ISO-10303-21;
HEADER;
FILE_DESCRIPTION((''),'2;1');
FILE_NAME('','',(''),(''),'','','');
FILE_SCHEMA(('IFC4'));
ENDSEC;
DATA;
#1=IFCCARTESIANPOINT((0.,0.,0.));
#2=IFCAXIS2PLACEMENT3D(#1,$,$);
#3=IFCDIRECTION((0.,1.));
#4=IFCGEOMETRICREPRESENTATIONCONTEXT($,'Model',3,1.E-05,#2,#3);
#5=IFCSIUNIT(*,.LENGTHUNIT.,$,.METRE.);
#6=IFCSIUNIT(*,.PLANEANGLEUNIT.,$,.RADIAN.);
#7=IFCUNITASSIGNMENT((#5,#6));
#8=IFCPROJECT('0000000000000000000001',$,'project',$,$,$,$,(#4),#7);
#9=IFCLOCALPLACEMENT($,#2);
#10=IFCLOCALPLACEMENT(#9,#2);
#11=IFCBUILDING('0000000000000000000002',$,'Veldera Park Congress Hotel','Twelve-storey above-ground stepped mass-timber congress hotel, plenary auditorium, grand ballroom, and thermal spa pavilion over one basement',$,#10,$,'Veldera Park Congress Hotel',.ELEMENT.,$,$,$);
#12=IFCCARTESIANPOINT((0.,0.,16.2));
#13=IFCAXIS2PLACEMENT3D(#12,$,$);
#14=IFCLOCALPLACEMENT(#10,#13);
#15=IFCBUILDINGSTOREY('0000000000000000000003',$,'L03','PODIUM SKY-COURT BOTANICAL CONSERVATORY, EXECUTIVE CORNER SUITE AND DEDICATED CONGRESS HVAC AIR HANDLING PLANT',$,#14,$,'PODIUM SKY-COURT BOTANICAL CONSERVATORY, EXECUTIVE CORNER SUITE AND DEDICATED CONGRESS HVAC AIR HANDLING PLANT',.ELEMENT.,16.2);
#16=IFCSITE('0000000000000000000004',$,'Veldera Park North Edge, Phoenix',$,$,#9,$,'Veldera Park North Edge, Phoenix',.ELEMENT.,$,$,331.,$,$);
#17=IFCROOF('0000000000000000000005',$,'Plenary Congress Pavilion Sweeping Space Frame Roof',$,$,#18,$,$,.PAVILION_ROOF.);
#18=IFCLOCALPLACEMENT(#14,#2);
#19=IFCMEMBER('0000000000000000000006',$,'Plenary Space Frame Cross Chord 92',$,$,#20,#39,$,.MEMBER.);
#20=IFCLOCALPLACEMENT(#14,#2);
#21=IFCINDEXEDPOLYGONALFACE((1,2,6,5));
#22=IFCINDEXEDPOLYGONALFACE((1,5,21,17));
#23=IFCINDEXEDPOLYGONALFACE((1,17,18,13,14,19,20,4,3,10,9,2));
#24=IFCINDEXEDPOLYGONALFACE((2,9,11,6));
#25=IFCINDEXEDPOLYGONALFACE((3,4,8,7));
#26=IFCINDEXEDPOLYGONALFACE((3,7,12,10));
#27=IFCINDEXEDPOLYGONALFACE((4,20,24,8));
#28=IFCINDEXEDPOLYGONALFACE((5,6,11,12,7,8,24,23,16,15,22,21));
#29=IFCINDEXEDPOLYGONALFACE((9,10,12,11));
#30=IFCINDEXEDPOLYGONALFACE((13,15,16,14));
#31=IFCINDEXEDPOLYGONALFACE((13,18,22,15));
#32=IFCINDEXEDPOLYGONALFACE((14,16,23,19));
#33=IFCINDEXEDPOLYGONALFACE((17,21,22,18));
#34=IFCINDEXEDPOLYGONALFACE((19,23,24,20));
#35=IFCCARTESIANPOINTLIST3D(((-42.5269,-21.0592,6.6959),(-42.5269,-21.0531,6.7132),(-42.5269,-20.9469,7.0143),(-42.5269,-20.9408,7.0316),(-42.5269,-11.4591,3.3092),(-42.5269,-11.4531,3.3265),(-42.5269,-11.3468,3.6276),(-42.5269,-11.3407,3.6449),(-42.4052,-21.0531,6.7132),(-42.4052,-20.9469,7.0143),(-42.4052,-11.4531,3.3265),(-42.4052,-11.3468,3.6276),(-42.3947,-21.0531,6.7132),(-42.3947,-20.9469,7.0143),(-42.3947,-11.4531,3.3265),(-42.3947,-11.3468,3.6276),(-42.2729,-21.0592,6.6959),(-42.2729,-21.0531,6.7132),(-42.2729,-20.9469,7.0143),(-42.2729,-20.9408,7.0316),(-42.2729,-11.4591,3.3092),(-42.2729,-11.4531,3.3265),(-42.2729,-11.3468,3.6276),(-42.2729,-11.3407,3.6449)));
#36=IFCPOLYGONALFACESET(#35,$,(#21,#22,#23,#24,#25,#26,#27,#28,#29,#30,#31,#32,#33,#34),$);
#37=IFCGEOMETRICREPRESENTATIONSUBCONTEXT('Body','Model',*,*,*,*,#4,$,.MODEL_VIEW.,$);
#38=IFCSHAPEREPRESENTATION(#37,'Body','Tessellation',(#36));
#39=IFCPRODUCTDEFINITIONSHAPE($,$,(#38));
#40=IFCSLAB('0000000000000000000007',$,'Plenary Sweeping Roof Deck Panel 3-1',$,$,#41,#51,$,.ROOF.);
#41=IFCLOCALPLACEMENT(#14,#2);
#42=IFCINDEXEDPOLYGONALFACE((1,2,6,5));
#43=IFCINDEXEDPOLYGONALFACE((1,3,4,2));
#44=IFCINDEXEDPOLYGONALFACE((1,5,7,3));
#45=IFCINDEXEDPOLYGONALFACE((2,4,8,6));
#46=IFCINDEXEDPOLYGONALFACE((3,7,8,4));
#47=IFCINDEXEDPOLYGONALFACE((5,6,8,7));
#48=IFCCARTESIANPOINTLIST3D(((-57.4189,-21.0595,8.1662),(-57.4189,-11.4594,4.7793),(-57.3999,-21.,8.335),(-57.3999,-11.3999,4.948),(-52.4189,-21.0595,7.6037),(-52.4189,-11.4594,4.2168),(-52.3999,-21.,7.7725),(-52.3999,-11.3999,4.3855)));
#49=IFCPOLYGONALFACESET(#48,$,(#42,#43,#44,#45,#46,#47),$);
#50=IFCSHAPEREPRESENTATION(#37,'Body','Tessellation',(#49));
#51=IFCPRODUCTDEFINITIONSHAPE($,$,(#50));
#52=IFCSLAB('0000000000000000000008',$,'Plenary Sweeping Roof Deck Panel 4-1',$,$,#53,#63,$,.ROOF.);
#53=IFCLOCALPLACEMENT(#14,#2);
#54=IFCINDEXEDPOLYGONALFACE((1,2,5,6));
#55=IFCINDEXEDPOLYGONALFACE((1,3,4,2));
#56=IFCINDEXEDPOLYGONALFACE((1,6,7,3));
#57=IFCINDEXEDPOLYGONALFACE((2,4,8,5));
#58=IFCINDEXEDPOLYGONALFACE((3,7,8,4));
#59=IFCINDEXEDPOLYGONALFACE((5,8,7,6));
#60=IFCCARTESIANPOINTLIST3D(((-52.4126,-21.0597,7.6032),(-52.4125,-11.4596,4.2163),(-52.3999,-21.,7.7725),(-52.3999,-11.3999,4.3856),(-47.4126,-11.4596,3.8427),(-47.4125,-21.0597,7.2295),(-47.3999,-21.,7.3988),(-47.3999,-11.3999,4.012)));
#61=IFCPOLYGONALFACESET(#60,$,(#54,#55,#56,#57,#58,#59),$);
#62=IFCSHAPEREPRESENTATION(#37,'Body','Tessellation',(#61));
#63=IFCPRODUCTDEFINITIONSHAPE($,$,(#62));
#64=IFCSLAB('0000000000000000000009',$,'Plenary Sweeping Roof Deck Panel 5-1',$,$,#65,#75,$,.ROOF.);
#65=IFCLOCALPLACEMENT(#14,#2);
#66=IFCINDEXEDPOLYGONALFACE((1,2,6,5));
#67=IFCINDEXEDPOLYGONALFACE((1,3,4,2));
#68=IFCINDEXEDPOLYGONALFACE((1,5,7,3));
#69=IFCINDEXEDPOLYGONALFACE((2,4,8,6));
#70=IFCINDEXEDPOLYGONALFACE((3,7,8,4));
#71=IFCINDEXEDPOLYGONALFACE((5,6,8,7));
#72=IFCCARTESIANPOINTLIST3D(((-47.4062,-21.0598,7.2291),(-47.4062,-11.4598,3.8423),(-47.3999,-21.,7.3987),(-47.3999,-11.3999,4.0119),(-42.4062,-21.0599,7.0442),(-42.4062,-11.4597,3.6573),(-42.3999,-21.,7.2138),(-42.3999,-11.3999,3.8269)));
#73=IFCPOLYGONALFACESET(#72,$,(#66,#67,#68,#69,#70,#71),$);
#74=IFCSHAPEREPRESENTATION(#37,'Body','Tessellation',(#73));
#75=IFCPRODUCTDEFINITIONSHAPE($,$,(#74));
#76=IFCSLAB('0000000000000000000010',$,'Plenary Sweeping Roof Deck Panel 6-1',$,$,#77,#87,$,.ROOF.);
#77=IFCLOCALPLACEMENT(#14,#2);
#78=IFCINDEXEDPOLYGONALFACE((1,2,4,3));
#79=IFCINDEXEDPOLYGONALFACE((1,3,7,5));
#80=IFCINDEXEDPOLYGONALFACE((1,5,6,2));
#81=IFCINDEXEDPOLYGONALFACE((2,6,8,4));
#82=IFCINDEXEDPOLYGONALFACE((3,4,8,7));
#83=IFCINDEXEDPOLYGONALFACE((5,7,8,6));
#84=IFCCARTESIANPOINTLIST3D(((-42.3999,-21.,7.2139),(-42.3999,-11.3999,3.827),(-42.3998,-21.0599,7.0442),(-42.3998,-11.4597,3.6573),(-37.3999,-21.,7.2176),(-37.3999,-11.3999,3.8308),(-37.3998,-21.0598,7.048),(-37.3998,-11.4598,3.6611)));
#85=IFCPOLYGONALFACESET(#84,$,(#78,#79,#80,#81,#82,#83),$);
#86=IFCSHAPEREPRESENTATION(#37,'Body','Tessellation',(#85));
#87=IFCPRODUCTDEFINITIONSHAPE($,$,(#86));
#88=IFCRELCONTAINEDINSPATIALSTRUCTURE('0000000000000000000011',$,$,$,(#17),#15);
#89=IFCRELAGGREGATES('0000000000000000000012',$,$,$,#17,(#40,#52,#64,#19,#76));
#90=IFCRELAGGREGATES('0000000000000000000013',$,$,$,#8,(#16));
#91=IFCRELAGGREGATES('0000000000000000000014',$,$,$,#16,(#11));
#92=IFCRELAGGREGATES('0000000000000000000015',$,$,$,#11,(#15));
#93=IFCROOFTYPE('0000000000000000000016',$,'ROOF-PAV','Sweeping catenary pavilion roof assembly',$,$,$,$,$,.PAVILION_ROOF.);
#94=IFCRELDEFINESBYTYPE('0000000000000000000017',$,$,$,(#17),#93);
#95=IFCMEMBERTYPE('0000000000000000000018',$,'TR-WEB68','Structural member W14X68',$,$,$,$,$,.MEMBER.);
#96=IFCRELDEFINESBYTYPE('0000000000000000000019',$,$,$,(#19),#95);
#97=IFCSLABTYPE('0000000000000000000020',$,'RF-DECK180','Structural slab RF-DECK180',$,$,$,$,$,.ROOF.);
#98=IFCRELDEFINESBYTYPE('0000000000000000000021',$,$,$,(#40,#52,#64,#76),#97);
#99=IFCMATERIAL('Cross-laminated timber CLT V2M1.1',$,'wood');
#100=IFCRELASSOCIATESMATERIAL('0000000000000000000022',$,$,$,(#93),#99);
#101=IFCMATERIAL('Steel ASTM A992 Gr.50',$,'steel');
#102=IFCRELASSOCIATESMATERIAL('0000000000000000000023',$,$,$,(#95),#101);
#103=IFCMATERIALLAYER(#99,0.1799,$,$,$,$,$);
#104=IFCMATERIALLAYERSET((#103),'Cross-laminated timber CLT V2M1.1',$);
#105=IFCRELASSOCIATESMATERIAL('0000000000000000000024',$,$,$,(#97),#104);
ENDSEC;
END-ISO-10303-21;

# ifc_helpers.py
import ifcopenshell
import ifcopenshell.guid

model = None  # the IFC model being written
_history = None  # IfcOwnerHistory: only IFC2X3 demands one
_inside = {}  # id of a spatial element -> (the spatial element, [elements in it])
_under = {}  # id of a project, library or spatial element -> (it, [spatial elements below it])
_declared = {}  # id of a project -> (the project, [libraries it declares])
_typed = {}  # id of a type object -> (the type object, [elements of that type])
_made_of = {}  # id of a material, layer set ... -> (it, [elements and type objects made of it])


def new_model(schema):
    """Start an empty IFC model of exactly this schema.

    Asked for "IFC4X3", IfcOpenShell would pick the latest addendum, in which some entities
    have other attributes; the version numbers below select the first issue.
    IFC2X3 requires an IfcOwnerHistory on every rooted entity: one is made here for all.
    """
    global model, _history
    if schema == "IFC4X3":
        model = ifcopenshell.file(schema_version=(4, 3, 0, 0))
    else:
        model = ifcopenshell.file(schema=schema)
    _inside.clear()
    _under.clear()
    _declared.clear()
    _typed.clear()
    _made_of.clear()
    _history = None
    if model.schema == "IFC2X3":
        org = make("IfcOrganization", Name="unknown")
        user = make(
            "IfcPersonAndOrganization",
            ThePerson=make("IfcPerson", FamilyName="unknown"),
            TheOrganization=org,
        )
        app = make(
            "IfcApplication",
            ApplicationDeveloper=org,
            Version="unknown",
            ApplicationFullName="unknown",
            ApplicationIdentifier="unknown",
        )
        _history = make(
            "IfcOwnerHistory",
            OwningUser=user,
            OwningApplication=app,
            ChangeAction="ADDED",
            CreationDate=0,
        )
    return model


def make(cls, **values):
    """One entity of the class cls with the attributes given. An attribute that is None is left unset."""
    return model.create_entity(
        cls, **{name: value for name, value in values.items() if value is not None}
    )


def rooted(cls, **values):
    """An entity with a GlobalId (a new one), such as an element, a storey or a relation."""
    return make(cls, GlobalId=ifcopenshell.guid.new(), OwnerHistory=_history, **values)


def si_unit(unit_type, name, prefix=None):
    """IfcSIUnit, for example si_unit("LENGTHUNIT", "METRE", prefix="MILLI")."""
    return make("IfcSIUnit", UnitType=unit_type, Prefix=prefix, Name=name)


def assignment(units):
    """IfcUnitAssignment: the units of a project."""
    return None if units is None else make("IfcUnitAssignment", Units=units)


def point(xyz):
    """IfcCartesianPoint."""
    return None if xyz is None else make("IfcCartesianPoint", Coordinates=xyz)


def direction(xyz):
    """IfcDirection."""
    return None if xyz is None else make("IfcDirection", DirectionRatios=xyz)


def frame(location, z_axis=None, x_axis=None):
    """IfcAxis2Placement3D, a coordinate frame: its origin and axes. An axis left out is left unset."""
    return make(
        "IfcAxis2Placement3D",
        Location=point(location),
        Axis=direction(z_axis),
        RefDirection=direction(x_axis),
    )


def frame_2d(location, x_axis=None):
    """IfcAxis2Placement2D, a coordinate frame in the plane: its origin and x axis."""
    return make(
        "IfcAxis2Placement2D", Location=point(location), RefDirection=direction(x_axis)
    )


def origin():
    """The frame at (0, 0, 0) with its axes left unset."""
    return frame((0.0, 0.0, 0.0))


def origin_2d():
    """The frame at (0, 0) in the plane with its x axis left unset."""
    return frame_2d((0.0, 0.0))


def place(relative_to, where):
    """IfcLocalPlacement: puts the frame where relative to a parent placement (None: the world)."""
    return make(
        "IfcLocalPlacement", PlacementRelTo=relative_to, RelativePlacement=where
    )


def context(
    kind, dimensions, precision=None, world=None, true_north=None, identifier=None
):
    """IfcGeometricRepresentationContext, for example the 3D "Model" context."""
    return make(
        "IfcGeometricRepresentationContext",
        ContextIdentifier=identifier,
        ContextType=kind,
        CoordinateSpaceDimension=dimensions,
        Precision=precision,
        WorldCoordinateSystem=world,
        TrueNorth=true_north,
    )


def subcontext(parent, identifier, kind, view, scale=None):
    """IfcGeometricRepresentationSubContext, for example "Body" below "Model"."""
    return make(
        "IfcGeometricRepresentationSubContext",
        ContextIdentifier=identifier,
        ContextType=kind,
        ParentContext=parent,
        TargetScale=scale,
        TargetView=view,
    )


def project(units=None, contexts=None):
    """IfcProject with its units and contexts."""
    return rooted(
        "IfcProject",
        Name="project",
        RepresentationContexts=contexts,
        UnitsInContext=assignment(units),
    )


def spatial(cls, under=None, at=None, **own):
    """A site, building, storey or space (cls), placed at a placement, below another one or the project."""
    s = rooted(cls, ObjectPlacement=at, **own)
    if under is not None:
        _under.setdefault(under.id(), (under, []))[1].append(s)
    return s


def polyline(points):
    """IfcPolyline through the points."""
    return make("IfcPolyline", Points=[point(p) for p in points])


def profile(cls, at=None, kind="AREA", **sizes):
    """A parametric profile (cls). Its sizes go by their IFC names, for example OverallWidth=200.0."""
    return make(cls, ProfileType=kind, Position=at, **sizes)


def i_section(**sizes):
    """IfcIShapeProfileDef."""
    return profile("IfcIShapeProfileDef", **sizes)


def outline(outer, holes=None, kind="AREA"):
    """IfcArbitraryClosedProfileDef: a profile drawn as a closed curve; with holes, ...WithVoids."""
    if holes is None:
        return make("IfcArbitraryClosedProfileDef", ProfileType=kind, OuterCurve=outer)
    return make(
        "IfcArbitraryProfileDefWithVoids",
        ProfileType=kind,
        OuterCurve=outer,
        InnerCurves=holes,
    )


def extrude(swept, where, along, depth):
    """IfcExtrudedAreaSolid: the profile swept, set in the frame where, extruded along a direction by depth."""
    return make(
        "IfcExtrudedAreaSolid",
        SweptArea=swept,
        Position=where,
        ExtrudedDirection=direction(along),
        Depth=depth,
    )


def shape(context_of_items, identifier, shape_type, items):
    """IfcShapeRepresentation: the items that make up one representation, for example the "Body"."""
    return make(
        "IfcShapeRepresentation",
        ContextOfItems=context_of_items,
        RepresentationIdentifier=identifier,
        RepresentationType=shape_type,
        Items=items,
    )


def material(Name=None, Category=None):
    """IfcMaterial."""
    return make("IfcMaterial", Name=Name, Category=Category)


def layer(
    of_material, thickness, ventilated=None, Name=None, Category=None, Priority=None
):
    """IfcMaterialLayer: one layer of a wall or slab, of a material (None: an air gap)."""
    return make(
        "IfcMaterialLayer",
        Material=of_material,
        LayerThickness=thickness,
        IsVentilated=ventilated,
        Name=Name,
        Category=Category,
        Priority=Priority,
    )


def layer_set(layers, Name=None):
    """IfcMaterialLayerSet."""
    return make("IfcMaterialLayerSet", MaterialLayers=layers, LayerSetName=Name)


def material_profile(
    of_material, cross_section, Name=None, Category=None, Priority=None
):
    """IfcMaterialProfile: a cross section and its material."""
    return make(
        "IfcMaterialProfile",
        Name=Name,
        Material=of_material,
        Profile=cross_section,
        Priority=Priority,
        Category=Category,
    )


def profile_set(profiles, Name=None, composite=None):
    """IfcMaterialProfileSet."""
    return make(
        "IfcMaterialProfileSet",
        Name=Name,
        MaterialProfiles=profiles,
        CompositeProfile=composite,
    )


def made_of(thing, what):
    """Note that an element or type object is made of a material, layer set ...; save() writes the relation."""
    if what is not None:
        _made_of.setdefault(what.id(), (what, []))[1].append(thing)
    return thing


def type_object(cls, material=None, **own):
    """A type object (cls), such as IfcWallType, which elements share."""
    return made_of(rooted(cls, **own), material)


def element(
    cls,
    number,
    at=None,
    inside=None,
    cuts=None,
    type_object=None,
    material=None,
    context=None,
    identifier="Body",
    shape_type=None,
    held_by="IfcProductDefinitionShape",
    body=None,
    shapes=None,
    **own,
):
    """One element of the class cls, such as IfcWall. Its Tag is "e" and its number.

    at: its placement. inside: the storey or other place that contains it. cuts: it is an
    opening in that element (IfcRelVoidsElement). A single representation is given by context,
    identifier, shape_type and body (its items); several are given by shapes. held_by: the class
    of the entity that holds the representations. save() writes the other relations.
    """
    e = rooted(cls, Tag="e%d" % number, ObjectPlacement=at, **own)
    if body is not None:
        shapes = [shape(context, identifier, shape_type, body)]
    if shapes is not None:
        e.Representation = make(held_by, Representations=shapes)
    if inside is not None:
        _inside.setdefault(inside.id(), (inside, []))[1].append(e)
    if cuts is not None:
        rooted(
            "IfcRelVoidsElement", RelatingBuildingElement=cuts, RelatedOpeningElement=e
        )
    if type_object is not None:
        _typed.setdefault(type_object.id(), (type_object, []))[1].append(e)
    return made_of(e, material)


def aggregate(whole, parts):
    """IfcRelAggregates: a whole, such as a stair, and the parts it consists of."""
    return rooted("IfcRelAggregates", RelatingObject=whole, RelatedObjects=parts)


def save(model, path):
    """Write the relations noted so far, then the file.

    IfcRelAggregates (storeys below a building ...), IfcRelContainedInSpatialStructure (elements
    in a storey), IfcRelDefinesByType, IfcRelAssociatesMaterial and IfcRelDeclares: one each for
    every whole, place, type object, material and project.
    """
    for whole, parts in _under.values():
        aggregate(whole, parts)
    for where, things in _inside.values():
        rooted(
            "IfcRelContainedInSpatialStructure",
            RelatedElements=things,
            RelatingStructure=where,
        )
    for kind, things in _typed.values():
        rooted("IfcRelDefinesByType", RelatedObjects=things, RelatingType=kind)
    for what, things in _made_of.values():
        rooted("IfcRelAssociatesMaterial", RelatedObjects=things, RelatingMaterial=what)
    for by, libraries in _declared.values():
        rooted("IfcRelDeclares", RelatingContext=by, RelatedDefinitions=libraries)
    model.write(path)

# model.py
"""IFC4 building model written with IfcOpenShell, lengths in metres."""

from ifc_helpers import new_model, si_unit, direction, frame, origin, origin_2d, place, context, subcontext, project, spatial, polyline, i_section, outline, extrude, material, layer, layer_set, material_profile, profile_set, type_object, element, aggregate, save


model = new_model("IFC4")

# Units and contexts
model_context = context("Model", 3, precision=1e-05, world=origin(), true_north=direction((0.0, 1.0)))
body_context = subcontext(model_context, "Body", "Model", "MODEL_VIEW")
ifc_project = project(units=[si_unit("LENGTHUNIT", "METRE"), si_unit("PLANEANGLEUNIT", "RADIAN")], contexts=[model_context])

# Site, building, storey
site_placement = place(None, origin())
site = spatial("IfcSite", under=ifc_project, at=site_placement, Name="Veldera Park North Edge, Phoenix", LongName="Veldera Park North Edge, Phoenix", CompositionType="ELEMENT", RefElevation=331.0)
building_placement = place(site_placement, origin())
building = spatial("IfcBuilding", under=site, at=building_placement, Name="Veldera Park Congress Hotel", Description="Twelve-storey above-ground stepped mass-timber congress hotel, plenary auditorium, grand ballroom, and thermal spa pavilion over one basement", LongName="Veldera Park Congress Hotel", CompositionType="ELEMENT")
storey_placement = place(building_placement, frame((0.0, 0.0, 16.2)))
storey = spatial("IfcBuildingStorey", under=building, at=storey_placement, Name="L03", Description="PODIUM SKY-COURT BOTANICAL CONSERVATORY, EXECUTIVE CORNER SUITE AND DEDICATED CONGRESS HVAC AIR HANDLING PLANT", LongName="PODIUM SKY-COURT BOTANICAL CONSERVATORY, EXECUTIVE CORNER SUITE AND DEDICATED CONGRESS HVAC AIR HANDLING PLANT", CompositionType="ELEMENT", Elevation=16.2)

# Shared definitions
ifc_material_1 = material(Name="Steel ASTM A992 Gr.50", Category="steel")

# Roof, member, slabs
ifc_material_2 = material(Name="Cross-laminated timber CLT V2M1.1", Category="wood")
roof_type = type_object("IfcRoofType", Name="ROOF-PAV", Description="Sweeping catenary pavilion roof assembly", PredefinedType="PAVILION_ROOF", material=ifc_material_2)
roof_placement = place(storey_placement, origin())
roof = element("IfcRoof", 1, at=roof_placement, inside=storey, type_object=roof_type, Name="Plenary Congress Pavilion Sweeping Space Frame Roof", PredefinedType="PAVILION_ROOF")
ifc_material_profile_1 = material_profile(ifc_material_1, i_section(OverallWidth=0.2539, OverallDepth=0.356, WebThickness=0.0105, FlangeThickness=0.0183, at=origin_2d()), Name="W14X68")
ifc_profile_set_1 = profile_set([ifc_material_profile_1], Name="Steel ASTM A992 Gr.50")
member_type_1 = type_object("IfcMemberType", Name="TR-WEB68", Description="Structural member W14X68", PredefinedType="MEMBER", material=ifc_profile_set_1)
member_1_placement = place(storey_placement, frame((-42.3999, -21.0, 6.8638), z_axis=(0.0, 0.943038, -0.332685), x_axis=(-1.0, 0.0, 0.0)))
member_1 = element("IfcMember", 2, at=member_1_placement, type_object=member_type_1, Name="Plenary Space Frame Cross Chord 92", PredefinedType="MEMBER", context=body_context, shape_type="SweptSolid", body=[
    extrude(i_section(OverallWidth=0.2539, OverallDepth=0.356, WebThickness=0.0105, FlangeThickness=0.0183, at=origin_2d()), origin(), (0.0, 0.0, 1.0), 10.1799),
])
ifc_layer = layer(ifc_material_2, 0.1799)
ifc_layer_set = layer_set([ifc_layer], Name="Cross-laminated timber CLT V2M1.1")
slab_type = type_object("IfcSlabType", Name="RF-DECK180", Description="Structural slab RF-DECK180", PredefinedType="ROOF", material=ifc_layer_set)
slab_1_placement = place(storey_placement, frame((-57.3999, -21.0, 8.335), z_axis=(0.105499, 0.330849, 0.937768), x_axis=(0.993731, 0.0, -0.111795)))
slab_1 = element("IfcSlab", 3, at=slab_1_placement, type_object=slab_type, Name="Plenary Sweeping Roof Deck Panel 3-1", PredefinedType="ROOF", context=body_context, shape_type="SweptSolid", body=[
    extrude(outline(polyline([(0.0, 0.0), (5.0315, 0.0), (5.4102, 10.173), (0.3786, 10.173), (0.0, 0.0)])), origin(), (0.0, 0.0, -1.0), 0.1799),
])
slab_2_placement = place(storey_placement, frame((-52.3999, -21.0, 7.7725), z_axis=(0.0703, 0.331872, 0.940701), x_axis=(0.997219, 0.000008, -0.074526)))
slab_2 = element("IfcSlab", 4, at=slab_2_placement, type_object=slab_type, Name="Plenary Sweeping Roof Deck Panel 4-1", PredefinedType="ROOF", context=body_context, shape_type="SweptSolid", body=[
    extrude(outline(polyline([(0.0, 0.0), (5.014, 0.0), (5.2664, 10.1768), (0.2525, 10.1769), (0.0, 0.0)])), origin(), (0.0, 0.0, -1.0), 0.1799),
])
slab_3_placement = place(storey_placement, frame((-47.3999, -21.0, 7.3987), z_axis=(0.034859, 0.332493, 0.942461), x_axis=(0.999317, -0.000008, -0.036959)))
slab_3 = element("IfcSlab", 5, at=slab_3_placement, type_object=slab_type, Name="Plenary Sweeping Roof Deck Panel 5-1", PredefinedType="ROOF", context=body_context, shape_type="SweptSolid", body=[
    extrude(outline(polyline([(0.0, 0.0), (5.0034, 0.0), (5.1285, 10.1793), (0.1251, 10.1792), (0.0, 0.0)])), origin(), (0.0, 0.0, -1.0), 0.1799),
])
slab_4_placement = place(storey_placement, frame((-42.3999, -21.0, 7.2139), z_axis=(-0.000714, 0.332695, 0.943034), x_axis=(1.0, 0.000008, 0.000754)))
slab_4 = element("IfcSlab", 6, at=slab_4_placement, type_object=slab_type, Name="Plenary Sweeping Roof Deck Panel 6-1", PredefinedType="ROOF", context=body_context, shape_type="SweptSolid", body=[
    extrude(outline(polyline([(0.0, 0.0), (5.0, 0.0), (4.9975, 10.18), (-0.0025, 10.18), (0.0, 0.0)])), origin(), (0.0, 0.0, -1.0), 0.1799),
])
aggregate(roof, [slab_1, slab_2, slab_3, member_1, slab_4])

save(model, "model.ifc")
